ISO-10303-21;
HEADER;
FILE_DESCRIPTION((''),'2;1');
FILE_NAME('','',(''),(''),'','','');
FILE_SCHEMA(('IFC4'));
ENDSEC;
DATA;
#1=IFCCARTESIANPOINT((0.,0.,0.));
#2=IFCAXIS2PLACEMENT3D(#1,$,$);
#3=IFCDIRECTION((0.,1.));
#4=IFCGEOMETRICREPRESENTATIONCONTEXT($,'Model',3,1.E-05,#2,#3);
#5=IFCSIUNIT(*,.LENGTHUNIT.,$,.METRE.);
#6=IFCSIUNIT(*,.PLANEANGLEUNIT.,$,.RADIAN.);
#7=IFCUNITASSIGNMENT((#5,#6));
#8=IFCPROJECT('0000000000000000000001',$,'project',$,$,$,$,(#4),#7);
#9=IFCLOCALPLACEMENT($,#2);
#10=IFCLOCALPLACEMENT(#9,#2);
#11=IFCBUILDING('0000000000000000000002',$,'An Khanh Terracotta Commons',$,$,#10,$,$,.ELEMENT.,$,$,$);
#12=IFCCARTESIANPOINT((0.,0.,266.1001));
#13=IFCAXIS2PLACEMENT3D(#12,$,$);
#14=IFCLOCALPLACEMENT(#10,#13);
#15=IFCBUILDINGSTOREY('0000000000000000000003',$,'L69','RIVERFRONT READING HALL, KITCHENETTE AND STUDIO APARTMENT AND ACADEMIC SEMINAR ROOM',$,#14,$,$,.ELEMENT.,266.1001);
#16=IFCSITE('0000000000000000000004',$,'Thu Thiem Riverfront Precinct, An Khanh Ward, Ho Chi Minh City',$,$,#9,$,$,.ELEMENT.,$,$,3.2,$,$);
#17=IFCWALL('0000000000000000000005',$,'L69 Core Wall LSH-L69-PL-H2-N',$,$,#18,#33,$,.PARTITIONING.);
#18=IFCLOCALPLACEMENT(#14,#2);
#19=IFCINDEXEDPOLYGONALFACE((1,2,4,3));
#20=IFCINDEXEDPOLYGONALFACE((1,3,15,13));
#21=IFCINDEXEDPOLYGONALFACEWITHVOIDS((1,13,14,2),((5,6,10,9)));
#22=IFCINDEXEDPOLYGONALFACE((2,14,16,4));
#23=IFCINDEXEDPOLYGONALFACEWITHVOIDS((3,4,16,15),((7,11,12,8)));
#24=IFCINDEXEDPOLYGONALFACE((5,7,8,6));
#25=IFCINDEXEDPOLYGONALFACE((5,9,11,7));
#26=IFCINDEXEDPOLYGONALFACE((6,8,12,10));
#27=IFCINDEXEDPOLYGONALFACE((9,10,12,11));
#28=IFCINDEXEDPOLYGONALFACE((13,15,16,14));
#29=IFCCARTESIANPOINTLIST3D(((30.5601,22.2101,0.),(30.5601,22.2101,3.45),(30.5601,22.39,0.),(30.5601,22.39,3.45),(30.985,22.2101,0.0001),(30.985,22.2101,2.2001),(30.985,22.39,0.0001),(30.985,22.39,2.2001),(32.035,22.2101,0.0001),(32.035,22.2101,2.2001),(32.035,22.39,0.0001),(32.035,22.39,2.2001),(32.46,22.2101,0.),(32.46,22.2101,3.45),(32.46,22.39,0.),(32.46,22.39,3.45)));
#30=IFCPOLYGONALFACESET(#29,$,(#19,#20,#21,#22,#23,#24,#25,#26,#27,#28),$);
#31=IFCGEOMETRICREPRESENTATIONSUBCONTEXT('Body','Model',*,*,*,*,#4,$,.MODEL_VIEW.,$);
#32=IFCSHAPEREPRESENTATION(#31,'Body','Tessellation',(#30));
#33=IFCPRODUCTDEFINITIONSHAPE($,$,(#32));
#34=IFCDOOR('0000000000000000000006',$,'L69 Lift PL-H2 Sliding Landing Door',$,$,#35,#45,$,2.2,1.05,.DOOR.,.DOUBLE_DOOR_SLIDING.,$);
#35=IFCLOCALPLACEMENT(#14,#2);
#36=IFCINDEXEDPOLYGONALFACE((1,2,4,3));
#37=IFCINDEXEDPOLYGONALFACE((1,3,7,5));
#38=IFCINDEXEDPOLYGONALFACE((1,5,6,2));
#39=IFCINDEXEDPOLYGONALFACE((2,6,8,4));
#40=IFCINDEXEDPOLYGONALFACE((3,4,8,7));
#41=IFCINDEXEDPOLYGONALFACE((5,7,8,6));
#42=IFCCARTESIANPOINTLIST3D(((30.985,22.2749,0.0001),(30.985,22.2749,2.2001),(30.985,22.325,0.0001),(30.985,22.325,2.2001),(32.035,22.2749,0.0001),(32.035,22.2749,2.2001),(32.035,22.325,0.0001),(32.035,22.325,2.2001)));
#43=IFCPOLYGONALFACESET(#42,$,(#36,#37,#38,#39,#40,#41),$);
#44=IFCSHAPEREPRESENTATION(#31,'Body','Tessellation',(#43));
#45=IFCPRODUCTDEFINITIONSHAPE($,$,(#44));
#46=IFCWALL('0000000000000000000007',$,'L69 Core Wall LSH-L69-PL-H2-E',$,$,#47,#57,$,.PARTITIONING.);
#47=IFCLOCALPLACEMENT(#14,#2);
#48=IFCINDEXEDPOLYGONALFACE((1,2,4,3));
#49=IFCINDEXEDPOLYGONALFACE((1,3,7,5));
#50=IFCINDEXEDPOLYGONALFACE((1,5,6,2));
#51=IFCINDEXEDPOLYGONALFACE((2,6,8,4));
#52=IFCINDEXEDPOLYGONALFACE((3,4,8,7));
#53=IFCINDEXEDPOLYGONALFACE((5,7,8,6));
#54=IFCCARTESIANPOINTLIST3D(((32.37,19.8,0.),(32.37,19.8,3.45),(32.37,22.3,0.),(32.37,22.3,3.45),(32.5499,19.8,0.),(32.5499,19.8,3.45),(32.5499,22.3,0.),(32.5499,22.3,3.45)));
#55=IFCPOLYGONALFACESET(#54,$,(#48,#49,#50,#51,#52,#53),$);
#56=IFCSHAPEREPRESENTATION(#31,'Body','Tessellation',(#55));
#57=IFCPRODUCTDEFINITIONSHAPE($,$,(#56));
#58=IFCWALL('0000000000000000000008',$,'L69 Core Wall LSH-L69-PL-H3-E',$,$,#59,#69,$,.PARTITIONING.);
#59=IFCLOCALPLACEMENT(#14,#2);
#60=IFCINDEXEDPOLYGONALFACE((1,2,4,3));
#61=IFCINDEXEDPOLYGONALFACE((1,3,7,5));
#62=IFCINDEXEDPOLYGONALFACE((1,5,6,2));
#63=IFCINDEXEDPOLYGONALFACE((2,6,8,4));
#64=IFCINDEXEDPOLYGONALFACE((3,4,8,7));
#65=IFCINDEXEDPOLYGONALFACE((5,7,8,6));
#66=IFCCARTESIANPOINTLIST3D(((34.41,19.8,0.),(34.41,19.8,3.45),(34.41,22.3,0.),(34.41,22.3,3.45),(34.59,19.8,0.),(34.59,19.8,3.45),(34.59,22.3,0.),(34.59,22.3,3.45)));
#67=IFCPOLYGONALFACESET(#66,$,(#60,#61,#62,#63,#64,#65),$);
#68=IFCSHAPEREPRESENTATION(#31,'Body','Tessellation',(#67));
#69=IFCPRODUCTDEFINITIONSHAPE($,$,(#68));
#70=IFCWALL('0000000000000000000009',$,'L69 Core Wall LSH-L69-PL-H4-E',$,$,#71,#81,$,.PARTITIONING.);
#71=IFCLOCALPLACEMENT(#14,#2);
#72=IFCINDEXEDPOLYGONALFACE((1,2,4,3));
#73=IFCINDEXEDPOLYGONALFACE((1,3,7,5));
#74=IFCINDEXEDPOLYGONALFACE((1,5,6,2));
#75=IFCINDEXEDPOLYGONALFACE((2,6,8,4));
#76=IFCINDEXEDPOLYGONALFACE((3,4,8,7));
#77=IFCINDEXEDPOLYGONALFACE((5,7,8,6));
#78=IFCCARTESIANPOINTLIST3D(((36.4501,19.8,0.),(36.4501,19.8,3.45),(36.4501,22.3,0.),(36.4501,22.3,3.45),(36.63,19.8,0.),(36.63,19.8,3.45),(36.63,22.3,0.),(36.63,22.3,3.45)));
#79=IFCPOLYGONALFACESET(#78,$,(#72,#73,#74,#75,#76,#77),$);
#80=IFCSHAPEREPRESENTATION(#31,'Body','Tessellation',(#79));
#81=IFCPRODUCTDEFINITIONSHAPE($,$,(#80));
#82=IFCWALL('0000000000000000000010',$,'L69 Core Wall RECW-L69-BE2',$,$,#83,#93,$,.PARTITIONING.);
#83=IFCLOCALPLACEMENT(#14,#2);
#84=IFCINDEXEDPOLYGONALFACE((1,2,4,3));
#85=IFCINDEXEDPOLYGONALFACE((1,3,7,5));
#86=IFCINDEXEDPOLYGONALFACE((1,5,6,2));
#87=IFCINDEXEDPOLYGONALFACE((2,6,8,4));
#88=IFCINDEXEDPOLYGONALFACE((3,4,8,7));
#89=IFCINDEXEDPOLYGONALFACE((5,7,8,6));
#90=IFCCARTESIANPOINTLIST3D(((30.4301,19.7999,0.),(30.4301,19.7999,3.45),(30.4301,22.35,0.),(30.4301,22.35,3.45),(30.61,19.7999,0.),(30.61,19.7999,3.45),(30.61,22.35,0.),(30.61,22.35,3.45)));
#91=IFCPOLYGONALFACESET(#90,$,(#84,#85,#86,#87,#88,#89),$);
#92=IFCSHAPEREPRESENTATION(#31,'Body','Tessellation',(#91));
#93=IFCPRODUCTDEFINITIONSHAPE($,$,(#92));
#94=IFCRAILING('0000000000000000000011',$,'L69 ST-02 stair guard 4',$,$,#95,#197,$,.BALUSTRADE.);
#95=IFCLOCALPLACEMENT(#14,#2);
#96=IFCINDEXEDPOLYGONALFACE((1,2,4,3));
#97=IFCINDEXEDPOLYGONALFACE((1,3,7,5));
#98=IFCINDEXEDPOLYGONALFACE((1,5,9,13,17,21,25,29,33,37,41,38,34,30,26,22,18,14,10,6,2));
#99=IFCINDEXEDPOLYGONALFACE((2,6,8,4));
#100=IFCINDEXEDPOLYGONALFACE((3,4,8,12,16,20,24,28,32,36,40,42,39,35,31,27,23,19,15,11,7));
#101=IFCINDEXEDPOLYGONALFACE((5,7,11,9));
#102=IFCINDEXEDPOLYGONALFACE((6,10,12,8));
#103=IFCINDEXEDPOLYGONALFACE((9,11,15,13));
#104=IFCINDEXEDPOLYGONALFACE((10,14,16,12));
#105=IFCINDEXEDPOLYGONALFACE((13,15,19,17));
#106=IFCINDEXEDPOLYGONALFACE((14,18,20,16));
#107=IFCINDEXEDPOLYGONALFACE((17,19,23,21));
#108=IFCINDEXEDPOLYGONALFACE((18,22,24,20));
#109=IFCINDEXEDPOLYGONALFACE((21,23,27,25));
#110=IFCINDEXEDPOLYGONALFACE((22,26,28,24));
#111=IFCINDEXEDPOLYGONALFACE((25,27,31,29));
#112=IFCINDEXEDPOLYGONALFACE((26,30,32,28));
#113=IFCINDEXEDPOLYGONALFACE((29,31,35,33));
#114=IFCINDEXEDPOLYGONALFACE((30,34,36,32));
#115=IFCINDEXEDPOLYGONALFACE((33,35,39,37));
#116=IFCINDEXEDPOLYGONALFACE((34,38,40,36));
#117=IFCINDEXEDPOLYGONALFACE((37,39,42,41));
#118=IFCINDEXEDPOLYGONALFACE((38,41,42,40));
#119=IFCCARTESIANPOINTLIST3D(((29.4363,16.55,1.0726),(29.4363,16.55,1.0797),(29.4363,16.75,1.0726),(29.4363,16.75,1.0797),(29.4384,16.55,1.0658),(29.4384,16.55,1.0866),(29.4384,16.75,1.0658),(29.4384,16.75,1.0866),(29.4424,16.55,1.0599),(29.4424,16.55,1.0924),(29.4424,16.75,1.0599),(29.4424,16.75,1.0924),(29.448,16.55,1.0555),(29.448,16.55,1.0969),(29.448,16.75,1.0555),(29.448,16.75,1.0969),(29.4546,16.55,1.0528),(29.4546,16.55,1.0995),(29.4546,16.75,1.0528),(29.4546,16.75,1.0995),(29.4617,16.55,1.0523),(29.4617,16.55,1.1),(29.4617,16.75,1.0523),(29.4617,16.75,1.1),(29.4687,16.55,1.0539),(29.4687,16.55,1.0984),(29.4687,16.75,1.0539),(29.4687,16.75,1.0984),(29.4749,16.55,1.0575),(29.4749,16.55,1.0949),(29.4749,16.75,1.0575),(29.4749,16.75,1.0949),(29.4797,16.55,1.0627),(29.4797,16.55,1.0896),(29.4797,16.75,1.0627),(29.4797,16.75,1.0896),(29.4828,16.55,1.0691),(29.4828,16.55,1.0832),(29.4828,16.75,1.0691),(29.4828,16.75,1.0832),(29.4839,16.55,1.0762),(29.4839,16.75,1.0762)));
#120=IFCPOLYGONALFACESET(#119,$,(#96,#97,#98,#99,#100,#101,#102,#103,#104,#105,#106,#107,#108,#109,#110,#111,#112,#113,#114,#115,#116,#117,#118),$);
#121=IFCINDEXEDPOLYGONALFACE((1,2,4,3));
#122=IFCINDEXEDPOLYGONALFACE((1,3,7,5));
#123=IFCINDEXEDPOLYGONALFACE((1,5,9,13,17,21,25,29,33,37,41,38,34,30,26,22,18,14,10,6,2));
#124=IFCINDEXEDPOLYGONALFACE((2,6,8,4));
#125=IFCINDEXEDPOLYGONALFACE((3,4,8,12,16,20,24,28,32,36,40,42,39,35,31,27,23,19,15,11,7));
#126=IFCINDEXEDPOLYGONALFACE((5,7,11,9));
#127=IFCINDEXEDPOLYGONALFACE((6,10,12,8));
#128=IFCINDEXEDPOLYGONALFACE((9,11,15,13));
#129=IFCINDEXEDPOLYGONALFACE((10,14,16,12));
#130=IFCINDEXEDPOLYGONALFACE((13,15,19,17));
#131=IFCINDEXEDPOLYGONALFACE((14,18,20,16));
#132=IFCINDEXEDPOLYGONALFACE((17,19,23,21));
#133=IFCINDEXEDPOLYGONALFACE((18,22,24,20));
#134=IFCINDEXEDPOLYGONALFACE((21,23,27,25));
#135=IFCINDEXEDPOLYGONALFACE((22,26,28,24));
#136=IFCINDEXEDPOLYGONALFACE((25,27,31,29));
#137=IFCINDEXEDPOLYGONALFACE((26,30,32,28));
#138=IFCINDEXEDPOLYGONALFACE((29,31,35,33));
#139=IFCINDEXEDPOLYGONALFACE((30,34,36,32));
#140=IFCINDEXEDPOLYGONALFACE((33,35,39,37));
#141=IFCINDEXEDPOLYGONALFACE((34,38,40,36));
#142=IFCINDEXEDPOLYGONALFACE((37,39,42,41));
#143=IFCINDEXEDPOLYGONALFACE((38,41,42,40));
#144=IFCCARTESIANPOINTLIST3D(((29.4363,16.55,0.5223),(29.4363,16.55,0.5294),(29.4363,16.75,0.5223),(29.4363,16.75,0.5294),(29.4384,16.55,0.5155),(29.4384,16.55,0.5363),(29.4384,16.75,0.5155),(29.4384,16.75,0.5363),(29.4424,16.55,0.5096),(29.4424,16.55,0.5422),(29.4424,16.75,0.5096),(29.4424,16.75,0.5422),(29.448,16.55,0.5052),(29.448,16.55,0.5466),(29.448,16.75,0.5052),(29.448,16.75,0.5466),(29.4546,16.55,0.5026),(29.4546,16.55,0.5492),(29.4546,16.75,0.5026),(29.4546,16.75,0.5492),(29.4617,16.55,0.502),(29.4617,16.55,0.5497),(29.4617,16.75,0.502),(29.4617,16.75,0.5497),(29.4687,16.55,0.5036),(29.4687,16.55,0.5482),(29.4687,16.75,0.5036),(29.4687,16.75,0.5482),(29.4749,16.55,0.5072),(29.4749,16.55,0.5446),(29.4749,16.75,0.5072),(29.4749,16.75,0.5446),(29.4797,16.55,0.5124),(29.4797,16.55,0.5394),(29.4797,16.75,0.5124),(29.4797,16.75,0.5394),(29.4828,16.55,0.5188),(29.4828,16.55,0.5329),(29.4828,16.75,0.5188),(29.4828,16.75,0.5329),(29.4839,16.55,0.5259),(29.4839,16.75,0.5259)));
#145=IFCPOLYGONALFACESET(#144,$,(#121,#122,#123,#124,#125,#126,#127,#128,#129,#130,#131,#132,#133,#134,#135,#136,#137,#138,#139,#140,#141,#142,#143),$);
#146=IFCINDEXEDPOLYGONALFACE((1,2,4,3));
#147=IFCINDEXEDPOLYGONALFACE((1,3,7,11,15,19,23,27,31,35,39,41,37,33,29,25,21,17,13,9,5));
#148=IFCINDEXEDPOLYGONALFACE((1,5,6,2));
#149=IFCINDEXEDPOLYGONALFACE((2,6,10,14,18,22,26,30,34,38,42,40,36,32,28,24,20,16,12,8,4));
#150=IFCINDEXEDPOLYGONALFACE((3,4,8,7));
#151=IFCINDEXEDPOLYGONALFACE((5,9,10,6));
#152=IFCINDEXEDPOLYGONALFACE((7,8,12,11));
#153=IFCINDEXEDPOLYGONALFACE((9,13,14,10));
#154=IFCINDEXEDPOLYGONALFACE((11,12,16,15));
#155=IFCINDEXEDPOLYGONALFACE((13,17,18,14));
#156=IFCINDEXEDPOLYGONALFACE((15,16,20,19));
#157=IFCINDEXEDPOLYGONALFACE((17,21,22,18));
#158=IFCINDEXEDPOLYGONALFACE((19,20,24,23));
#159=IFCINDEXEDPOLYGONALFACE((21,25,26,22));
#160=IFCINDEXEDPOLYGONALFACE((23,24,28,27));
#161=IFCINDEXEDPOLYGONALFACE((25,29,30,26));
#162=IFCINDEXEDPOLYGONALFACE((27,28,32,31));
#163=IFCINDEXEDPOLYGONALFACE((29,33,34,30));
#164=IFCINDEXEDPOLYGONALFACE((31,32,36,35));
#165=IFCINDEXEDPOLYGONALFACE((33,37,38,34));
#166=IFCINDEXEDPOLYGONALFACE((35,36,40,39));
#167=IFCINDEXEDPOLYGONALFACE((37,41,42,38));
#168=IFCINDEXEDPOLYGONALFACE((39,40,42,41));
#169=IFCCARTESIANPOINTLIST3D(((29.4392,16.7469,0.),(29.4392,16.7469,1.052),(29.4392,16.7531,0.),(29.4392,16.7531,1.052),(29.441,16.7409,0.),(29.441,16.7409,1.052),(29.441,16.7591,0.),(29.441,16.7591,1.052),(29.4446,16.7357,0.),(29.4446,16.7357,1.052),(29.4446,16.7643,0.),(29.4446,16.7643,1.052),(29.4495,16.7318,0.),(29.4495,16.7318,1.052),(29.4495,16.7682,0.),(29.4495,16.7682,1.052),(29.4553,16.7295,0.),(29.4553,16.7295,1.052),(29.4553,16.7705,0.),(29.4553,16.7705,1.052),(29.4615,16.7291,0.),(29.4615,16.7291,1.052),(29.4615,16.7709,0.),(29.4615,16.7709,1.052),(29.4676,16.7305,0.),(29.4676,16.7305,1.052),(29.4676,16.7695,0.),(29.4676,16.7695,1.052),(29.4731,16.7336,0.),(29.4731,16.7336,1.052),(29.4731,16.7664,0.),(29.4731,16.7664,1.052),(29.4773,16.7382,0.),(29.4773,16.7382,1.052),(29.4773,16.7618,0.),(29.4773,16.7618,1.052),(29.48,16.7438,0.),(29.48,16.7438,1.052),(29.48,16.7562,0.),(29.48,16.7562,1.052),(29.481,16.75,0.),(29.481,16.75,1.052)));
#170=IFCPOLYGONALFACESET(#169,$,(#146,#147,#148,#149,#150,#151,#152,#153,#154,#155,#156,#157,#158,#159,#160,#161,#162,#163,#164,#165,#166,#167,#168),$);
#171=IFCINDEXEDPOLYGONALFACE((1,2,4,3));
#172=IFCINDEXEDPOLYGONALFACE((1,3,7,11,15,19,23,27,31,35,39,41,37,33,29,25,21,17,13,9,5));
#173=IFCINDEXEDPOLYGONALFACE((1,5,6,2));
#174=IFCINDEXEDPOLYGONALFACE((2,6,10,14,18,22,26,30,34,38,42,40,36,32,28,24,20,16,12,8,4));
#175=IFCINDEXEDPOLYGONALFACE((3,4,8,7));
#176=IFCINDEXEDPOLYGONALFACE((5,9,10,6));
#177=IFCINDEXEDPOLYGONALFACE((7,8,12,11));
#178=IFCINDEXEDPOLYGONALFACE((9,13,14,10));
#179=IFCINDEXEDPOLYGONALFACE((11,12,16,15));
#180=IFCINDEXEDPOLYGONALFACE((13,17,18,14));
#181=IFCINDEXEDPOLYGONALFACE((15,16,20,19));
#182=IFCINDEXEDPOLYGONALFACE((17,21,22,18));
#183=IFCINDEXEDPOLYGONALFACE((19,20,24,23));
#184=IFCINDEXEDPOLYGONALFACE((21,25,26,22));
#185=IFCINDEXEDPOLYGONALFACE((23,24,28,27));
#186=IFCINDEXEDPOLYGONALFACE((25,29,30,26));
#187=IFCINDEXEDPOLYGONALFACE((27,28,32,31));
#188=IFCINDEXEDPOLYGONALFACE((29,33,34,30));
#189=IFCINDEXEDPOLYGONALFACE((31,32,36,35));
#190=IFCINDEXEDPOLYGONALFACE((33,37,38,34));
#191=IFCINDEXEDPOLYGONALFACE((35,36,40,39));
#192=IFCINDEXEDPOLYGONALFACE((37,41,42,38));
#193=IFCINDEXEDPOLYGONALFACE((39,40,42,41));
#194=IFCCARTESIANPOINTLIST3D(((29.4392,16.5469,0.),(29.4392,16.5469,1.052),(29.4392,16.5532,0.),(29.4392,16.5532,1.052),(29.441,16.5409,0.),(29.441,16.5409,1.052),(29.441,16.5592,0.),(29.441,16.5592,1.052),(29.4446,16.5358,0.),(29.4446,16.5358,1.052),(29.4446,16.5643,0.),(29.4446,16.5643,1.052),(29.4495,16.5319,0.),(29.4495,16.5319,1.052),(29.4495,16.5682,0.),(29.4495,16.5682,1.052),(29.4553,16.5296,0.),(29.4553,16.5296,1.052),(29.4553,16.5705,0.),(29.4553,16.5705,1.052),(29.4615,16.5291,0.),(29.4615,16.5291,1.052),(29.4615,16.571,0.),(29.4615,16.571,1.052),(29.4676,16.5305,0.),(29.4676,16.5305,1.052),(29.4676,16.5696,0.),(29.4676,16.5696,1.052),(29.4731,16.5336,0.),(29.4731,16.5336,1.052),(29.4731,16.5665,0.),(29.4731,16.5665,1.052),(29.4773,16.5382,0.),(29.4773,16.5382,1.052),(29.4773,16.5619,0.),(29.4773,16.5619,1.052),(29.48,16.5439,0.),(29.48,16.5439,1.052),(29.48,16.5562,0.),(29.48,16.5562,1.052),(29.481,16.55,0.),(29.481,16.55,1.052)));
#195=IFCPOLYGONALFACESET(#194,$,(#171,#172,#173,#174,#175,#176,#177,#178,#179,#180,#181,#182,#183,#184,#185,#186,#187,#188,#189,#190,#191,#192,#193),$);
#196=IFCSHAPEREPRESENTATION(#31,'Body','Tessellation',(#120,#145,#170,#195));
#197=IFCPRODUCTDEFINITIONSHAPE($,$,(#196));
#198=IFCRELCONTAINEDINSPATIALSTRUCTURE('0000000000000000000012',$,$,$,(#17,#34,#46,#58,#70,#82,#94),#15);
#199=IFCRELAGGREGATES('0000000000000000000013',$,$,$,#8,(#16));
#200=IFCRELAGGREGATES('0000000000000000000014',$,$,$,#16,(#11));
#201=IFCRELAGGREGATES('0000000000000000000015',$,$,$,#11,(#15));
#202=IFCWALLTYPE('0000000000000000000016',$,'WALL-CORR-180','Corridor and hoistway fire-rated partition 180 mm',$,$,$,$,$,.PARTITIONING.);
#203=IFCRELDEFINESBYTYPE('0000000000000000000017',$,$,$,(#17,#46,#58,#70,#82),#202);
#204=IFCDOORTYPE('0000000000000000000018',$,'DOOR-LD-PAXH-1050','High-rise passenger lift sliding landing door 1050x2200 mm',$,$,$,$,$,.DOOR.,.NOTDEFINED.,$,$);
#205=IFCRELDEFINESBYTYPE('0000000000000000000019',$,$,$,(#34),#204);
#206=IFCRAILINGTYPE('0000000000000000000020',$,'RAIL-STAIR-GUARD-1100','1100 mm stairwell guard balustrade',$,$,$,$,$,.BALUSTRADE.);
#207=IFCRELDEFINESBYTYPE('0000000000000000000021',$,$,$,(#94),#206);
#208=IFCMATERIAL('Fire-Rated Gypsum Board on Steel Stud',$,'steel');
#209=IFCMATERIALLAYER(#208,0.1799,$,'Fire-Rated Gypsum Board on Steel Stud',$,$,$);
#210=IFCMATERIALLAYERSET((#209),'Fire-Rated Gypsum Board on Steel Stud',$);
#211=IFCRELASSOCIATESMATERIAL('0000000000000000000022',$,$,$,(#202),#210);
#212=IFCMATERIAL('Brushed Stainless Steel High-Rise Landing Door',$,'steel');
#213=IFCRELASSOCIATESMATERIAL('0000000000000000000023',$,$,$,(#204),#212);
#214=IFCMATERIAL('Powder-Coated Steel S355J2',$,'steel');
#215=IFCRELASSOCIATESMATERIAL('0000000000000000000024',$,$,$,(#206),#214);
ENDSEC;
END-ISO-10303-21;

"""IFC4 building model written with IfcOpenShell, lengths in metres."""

from ifc_helpers import new_model, si_unit, direction, frame, frame_2d, origin, origin_2d, place, context, subcontext, project, spatial, rectangle, circle, extrude, material, layer, layer_set, type_object, element, fill, save


model = new_model("IFC4")

# Units and contexts
model_context = context("Model", 3, precision=1e-05, world=origin(), true_north=direction((0.0, 1.0)))
body_context = subcontext(model_context, "Body", "Model", "MODEL_VIEW")
ifc_project = project(units=[si_unit("LENGTHUNIT", "METRE"), si_unit("PLANEANGLEUNIT", "RADIAN")], contexts=[model_context])

# Site, building, storey
site_placement = place(None, origin())
site = spatial("IfcSite", under=ifc_project, at=site_placement, Name="Thu Thiem Riverfront Precinct, An Khanh Ward, Ho Chi Minh City", CompositionType="ELEMENT", RefElevation=3.2)
building_placement = place(site_placement, origin())
building = spatial("IfcBuilding", under=site, at=building_placement, Name="An Khanh Terracotta Commons", CompositionType="ELEMENT")
storey_placement = place(building_placement, frame((0.0, 0.0, 266.1001)))
storey = spatial("IfcBuildingStorey", under=building, at=storey_placement, Name="L69", Description="RIVERFRONT READING HALL, KITCHENETTE AND STUDIO APARTMENT AND ACADEMIC SEMINAR ROOM", CompositionType="ELEMENT", Elevation=266.1001)

# Shared definitions
ifc_material_1 = material(Name="Fire-Rated Gypsum Board on Steel Stud", Category="steel")
ifc_layer_1 = layer(ifc_material_1, 0.1799, Name="Fire-Rated Gypsum Board on Steel Stud")
ifc_layer_set_1 = layer_set([ifc_layer_1], Name="Fire-Rated Gypsum Board on Steel Stud")
wall_type_1 = type_object("IfcWallType", Name="WALL-CORR-180", Description="Corridor and hoistway fire-rated partition 180 mm", PredefinedType="PARTITIONING", material=ifc_layer_set_1)

# Wall, opening, door
wall_1_placement = place(storey_placement, frame((30.5601, 22.3, 0.0), z_axis=(0.0, 0.0, 1.0), x_axis=(1.0, 0.0, 0.0)))
wall_1 = element("IfcWall", 1, at=wall_1_placement, inside=storey, type_object=wall_type_1, Name="L69 Core Wall LSH-L69-PL-H2-N", PredefinedType="PARTITIONING", context=body_context, shape_type="SweptSolid", body=[
    extrude(rectangle(XDim=1.8999, YDim=0.1799, at=frame_2d((0.95, 0.0))), origin(), (0.0, 0.0, 1.0), 3.45),
])
opening_1_placement = place(wall_1_placement, frame((0.425, 0.0, 0.0)))
opening_1 = element("IfcOpeningElement", 2, at=opening_1_placement, cuts=wall_1, PredefinedType="OPENING", context=body_context, shape_type="SweptSolid", body=[
    extrude(rectangle(XDim=1.05, YDim=2.2, at=frame_2d((0.5249, 1.1001))), frame((0.0, 0.0999, 0.0), z_axis=(0.0, -1.0, 0.0), x_axis=(1.0, 0.0, 0.0)), (0.0, 0.0, 1.0), 0.2),
])
ifc_material_2 = material(Name="Brushed Stainless Steel High-Rise Landing Door", Category="steel")
door_type_1 = type_object("IfcDoorType", Name="DOOR-LD-PAXH-1050", Description="High-rise passenger lift sliding landing door 1050x2200 mm", OperationType="NOTDEFINED", PredefinedType="DOOR", material=ifc_material_2)
door_1_placement = place(opening_1_placement, origin())
door_1 = element("IfcDoor", 3, at=door_1_placement, inside=storey, type_object=door_type_1, Name="L69 Lift PL-H2 Sliding Landing Door", OperationType="DOUBLE_DOOR_SLIDING", OverallHeight=2.2, OverallWidth=1.05, PredefinedType="DOOR", context=body_context, shape_type="SweptSolid", body=[
    extrude(rectangle(XDim=1.05, YDim=2.2, at=frame_2d((0.5249, 1.1001))), frame((0.0, 0.0249, 0.0), z_axis=(0.0, -1.0, 0.0), x_axis=(1.0, 0.0, 0.0)), (0.0, 0.0, 1.0), 0.05),
])
fill(opening_1, door_1)

# Walls
for number, where, z_axis, x_axis, name in (
    (4, (32.46, 19.8, 0.0), (0.0, 0.0, 1.0), (0.0, 1.0, 0.0), "L69 Core Wall LSH-L69-PL-H2-E"),
    (5, (34.5, 19.8, 0.0), (0.0, 0.0, 1.0), (0.0, 1.0, 0.0), "L69 Core Wall LSH-L69-PL-H3-E"),
    (6, (36.54, 19.8, 0.0), (0.0, 0.0, 1.0), (0.0, 1.0, 0.0), "L69 Core Wall LSH-L69-PL-H4-E"),
):
    element("IfcWall", number, at=place(storey_placement, frame(where, z_axis=z_axis, x_axis=x_axis)), inside=storey, type_object=wall_type_1, Name=name, PredefinedType="PARTITIONING", context=body_context, shape_type="SweptSolid", body=[
        extrude(rectangle(XDim=2.5, YDim=0.1799, at=frame_2d((1.25, 0.0))), origin(), (0.0, 0.0, 1.0), 3.45),
    ])
wall_2_placement = place(storey_placement, frame((30.52, 19.8, 0.0), z_axis=(0.0, 0.0, 1.0), x_axis=(0.0, 1.0, 0.0)))
element("IfcWall", 7, at=wall_2_placement, inside=storey, type_object=wall_type_1, Name="L69 Core Wall RECW-L69-BE2", PredefinedType="PARTITIONING", context=body_context, shape_type="SweptSolid", body=[
    extrude(rectangle(XDim=2.55, YDim=0.1799, at=frame_2d((1.2749, 0.0))), origin(), (0.0, 0.0, 1.0), 3.45),
])

# Railing
ifc_material_3 = material(Name="Powder-Coated Steel S355J2", Category="steel")
railing_type = type_object("IfcRailingType", Name="RAIL-STAIR-GUARD-1100", Description="1100 mm stairwell guard balustrade", PredefinedType="BALUSTRADE", material=ifc_material_3)
railing_placement = place(storey_placement, frame((29.46, 16.75, 0.0)))
element("IfcRailing", 8, at=railing_placement, inside=storey, type_object=railing_type, Name="L69 ST-02 stair guard 4", PredefinedType="BALUSTRADE", context=body_context, shape_type="SweptSolid", body=[
    extrude(circle(Radius=0.0239, at=origin_2d()), frame((0.0, 0.0, 1.0762), z_axis=(0.0, -1.0, 0.0), x_axis=(1.0, 0.0, 0.0)), (0.0, 0.0, 1.0), 0.2),
    extrude(circle(Radius=0.0239, at=origin_2d()), frame((0.0, 0.0, 0.5259), z_axis=(0.0, -1.0, 0.0), x_axis=(1.0, 0.0, 0.0)), (0.0, 0.0, 1.0), 0.2),
    extrude(circle(Radius=0.021, at=origin_2d()), origin(), (0.0, 0.0, 1.0), 1.052),
    extrude(circle(Radius=0.021, at=origin_2d()), frame((0.0, -0.2, 0.0)), (0.0, 0.0, 1.0), 1.052),
])

save(model, "model.ifc")
